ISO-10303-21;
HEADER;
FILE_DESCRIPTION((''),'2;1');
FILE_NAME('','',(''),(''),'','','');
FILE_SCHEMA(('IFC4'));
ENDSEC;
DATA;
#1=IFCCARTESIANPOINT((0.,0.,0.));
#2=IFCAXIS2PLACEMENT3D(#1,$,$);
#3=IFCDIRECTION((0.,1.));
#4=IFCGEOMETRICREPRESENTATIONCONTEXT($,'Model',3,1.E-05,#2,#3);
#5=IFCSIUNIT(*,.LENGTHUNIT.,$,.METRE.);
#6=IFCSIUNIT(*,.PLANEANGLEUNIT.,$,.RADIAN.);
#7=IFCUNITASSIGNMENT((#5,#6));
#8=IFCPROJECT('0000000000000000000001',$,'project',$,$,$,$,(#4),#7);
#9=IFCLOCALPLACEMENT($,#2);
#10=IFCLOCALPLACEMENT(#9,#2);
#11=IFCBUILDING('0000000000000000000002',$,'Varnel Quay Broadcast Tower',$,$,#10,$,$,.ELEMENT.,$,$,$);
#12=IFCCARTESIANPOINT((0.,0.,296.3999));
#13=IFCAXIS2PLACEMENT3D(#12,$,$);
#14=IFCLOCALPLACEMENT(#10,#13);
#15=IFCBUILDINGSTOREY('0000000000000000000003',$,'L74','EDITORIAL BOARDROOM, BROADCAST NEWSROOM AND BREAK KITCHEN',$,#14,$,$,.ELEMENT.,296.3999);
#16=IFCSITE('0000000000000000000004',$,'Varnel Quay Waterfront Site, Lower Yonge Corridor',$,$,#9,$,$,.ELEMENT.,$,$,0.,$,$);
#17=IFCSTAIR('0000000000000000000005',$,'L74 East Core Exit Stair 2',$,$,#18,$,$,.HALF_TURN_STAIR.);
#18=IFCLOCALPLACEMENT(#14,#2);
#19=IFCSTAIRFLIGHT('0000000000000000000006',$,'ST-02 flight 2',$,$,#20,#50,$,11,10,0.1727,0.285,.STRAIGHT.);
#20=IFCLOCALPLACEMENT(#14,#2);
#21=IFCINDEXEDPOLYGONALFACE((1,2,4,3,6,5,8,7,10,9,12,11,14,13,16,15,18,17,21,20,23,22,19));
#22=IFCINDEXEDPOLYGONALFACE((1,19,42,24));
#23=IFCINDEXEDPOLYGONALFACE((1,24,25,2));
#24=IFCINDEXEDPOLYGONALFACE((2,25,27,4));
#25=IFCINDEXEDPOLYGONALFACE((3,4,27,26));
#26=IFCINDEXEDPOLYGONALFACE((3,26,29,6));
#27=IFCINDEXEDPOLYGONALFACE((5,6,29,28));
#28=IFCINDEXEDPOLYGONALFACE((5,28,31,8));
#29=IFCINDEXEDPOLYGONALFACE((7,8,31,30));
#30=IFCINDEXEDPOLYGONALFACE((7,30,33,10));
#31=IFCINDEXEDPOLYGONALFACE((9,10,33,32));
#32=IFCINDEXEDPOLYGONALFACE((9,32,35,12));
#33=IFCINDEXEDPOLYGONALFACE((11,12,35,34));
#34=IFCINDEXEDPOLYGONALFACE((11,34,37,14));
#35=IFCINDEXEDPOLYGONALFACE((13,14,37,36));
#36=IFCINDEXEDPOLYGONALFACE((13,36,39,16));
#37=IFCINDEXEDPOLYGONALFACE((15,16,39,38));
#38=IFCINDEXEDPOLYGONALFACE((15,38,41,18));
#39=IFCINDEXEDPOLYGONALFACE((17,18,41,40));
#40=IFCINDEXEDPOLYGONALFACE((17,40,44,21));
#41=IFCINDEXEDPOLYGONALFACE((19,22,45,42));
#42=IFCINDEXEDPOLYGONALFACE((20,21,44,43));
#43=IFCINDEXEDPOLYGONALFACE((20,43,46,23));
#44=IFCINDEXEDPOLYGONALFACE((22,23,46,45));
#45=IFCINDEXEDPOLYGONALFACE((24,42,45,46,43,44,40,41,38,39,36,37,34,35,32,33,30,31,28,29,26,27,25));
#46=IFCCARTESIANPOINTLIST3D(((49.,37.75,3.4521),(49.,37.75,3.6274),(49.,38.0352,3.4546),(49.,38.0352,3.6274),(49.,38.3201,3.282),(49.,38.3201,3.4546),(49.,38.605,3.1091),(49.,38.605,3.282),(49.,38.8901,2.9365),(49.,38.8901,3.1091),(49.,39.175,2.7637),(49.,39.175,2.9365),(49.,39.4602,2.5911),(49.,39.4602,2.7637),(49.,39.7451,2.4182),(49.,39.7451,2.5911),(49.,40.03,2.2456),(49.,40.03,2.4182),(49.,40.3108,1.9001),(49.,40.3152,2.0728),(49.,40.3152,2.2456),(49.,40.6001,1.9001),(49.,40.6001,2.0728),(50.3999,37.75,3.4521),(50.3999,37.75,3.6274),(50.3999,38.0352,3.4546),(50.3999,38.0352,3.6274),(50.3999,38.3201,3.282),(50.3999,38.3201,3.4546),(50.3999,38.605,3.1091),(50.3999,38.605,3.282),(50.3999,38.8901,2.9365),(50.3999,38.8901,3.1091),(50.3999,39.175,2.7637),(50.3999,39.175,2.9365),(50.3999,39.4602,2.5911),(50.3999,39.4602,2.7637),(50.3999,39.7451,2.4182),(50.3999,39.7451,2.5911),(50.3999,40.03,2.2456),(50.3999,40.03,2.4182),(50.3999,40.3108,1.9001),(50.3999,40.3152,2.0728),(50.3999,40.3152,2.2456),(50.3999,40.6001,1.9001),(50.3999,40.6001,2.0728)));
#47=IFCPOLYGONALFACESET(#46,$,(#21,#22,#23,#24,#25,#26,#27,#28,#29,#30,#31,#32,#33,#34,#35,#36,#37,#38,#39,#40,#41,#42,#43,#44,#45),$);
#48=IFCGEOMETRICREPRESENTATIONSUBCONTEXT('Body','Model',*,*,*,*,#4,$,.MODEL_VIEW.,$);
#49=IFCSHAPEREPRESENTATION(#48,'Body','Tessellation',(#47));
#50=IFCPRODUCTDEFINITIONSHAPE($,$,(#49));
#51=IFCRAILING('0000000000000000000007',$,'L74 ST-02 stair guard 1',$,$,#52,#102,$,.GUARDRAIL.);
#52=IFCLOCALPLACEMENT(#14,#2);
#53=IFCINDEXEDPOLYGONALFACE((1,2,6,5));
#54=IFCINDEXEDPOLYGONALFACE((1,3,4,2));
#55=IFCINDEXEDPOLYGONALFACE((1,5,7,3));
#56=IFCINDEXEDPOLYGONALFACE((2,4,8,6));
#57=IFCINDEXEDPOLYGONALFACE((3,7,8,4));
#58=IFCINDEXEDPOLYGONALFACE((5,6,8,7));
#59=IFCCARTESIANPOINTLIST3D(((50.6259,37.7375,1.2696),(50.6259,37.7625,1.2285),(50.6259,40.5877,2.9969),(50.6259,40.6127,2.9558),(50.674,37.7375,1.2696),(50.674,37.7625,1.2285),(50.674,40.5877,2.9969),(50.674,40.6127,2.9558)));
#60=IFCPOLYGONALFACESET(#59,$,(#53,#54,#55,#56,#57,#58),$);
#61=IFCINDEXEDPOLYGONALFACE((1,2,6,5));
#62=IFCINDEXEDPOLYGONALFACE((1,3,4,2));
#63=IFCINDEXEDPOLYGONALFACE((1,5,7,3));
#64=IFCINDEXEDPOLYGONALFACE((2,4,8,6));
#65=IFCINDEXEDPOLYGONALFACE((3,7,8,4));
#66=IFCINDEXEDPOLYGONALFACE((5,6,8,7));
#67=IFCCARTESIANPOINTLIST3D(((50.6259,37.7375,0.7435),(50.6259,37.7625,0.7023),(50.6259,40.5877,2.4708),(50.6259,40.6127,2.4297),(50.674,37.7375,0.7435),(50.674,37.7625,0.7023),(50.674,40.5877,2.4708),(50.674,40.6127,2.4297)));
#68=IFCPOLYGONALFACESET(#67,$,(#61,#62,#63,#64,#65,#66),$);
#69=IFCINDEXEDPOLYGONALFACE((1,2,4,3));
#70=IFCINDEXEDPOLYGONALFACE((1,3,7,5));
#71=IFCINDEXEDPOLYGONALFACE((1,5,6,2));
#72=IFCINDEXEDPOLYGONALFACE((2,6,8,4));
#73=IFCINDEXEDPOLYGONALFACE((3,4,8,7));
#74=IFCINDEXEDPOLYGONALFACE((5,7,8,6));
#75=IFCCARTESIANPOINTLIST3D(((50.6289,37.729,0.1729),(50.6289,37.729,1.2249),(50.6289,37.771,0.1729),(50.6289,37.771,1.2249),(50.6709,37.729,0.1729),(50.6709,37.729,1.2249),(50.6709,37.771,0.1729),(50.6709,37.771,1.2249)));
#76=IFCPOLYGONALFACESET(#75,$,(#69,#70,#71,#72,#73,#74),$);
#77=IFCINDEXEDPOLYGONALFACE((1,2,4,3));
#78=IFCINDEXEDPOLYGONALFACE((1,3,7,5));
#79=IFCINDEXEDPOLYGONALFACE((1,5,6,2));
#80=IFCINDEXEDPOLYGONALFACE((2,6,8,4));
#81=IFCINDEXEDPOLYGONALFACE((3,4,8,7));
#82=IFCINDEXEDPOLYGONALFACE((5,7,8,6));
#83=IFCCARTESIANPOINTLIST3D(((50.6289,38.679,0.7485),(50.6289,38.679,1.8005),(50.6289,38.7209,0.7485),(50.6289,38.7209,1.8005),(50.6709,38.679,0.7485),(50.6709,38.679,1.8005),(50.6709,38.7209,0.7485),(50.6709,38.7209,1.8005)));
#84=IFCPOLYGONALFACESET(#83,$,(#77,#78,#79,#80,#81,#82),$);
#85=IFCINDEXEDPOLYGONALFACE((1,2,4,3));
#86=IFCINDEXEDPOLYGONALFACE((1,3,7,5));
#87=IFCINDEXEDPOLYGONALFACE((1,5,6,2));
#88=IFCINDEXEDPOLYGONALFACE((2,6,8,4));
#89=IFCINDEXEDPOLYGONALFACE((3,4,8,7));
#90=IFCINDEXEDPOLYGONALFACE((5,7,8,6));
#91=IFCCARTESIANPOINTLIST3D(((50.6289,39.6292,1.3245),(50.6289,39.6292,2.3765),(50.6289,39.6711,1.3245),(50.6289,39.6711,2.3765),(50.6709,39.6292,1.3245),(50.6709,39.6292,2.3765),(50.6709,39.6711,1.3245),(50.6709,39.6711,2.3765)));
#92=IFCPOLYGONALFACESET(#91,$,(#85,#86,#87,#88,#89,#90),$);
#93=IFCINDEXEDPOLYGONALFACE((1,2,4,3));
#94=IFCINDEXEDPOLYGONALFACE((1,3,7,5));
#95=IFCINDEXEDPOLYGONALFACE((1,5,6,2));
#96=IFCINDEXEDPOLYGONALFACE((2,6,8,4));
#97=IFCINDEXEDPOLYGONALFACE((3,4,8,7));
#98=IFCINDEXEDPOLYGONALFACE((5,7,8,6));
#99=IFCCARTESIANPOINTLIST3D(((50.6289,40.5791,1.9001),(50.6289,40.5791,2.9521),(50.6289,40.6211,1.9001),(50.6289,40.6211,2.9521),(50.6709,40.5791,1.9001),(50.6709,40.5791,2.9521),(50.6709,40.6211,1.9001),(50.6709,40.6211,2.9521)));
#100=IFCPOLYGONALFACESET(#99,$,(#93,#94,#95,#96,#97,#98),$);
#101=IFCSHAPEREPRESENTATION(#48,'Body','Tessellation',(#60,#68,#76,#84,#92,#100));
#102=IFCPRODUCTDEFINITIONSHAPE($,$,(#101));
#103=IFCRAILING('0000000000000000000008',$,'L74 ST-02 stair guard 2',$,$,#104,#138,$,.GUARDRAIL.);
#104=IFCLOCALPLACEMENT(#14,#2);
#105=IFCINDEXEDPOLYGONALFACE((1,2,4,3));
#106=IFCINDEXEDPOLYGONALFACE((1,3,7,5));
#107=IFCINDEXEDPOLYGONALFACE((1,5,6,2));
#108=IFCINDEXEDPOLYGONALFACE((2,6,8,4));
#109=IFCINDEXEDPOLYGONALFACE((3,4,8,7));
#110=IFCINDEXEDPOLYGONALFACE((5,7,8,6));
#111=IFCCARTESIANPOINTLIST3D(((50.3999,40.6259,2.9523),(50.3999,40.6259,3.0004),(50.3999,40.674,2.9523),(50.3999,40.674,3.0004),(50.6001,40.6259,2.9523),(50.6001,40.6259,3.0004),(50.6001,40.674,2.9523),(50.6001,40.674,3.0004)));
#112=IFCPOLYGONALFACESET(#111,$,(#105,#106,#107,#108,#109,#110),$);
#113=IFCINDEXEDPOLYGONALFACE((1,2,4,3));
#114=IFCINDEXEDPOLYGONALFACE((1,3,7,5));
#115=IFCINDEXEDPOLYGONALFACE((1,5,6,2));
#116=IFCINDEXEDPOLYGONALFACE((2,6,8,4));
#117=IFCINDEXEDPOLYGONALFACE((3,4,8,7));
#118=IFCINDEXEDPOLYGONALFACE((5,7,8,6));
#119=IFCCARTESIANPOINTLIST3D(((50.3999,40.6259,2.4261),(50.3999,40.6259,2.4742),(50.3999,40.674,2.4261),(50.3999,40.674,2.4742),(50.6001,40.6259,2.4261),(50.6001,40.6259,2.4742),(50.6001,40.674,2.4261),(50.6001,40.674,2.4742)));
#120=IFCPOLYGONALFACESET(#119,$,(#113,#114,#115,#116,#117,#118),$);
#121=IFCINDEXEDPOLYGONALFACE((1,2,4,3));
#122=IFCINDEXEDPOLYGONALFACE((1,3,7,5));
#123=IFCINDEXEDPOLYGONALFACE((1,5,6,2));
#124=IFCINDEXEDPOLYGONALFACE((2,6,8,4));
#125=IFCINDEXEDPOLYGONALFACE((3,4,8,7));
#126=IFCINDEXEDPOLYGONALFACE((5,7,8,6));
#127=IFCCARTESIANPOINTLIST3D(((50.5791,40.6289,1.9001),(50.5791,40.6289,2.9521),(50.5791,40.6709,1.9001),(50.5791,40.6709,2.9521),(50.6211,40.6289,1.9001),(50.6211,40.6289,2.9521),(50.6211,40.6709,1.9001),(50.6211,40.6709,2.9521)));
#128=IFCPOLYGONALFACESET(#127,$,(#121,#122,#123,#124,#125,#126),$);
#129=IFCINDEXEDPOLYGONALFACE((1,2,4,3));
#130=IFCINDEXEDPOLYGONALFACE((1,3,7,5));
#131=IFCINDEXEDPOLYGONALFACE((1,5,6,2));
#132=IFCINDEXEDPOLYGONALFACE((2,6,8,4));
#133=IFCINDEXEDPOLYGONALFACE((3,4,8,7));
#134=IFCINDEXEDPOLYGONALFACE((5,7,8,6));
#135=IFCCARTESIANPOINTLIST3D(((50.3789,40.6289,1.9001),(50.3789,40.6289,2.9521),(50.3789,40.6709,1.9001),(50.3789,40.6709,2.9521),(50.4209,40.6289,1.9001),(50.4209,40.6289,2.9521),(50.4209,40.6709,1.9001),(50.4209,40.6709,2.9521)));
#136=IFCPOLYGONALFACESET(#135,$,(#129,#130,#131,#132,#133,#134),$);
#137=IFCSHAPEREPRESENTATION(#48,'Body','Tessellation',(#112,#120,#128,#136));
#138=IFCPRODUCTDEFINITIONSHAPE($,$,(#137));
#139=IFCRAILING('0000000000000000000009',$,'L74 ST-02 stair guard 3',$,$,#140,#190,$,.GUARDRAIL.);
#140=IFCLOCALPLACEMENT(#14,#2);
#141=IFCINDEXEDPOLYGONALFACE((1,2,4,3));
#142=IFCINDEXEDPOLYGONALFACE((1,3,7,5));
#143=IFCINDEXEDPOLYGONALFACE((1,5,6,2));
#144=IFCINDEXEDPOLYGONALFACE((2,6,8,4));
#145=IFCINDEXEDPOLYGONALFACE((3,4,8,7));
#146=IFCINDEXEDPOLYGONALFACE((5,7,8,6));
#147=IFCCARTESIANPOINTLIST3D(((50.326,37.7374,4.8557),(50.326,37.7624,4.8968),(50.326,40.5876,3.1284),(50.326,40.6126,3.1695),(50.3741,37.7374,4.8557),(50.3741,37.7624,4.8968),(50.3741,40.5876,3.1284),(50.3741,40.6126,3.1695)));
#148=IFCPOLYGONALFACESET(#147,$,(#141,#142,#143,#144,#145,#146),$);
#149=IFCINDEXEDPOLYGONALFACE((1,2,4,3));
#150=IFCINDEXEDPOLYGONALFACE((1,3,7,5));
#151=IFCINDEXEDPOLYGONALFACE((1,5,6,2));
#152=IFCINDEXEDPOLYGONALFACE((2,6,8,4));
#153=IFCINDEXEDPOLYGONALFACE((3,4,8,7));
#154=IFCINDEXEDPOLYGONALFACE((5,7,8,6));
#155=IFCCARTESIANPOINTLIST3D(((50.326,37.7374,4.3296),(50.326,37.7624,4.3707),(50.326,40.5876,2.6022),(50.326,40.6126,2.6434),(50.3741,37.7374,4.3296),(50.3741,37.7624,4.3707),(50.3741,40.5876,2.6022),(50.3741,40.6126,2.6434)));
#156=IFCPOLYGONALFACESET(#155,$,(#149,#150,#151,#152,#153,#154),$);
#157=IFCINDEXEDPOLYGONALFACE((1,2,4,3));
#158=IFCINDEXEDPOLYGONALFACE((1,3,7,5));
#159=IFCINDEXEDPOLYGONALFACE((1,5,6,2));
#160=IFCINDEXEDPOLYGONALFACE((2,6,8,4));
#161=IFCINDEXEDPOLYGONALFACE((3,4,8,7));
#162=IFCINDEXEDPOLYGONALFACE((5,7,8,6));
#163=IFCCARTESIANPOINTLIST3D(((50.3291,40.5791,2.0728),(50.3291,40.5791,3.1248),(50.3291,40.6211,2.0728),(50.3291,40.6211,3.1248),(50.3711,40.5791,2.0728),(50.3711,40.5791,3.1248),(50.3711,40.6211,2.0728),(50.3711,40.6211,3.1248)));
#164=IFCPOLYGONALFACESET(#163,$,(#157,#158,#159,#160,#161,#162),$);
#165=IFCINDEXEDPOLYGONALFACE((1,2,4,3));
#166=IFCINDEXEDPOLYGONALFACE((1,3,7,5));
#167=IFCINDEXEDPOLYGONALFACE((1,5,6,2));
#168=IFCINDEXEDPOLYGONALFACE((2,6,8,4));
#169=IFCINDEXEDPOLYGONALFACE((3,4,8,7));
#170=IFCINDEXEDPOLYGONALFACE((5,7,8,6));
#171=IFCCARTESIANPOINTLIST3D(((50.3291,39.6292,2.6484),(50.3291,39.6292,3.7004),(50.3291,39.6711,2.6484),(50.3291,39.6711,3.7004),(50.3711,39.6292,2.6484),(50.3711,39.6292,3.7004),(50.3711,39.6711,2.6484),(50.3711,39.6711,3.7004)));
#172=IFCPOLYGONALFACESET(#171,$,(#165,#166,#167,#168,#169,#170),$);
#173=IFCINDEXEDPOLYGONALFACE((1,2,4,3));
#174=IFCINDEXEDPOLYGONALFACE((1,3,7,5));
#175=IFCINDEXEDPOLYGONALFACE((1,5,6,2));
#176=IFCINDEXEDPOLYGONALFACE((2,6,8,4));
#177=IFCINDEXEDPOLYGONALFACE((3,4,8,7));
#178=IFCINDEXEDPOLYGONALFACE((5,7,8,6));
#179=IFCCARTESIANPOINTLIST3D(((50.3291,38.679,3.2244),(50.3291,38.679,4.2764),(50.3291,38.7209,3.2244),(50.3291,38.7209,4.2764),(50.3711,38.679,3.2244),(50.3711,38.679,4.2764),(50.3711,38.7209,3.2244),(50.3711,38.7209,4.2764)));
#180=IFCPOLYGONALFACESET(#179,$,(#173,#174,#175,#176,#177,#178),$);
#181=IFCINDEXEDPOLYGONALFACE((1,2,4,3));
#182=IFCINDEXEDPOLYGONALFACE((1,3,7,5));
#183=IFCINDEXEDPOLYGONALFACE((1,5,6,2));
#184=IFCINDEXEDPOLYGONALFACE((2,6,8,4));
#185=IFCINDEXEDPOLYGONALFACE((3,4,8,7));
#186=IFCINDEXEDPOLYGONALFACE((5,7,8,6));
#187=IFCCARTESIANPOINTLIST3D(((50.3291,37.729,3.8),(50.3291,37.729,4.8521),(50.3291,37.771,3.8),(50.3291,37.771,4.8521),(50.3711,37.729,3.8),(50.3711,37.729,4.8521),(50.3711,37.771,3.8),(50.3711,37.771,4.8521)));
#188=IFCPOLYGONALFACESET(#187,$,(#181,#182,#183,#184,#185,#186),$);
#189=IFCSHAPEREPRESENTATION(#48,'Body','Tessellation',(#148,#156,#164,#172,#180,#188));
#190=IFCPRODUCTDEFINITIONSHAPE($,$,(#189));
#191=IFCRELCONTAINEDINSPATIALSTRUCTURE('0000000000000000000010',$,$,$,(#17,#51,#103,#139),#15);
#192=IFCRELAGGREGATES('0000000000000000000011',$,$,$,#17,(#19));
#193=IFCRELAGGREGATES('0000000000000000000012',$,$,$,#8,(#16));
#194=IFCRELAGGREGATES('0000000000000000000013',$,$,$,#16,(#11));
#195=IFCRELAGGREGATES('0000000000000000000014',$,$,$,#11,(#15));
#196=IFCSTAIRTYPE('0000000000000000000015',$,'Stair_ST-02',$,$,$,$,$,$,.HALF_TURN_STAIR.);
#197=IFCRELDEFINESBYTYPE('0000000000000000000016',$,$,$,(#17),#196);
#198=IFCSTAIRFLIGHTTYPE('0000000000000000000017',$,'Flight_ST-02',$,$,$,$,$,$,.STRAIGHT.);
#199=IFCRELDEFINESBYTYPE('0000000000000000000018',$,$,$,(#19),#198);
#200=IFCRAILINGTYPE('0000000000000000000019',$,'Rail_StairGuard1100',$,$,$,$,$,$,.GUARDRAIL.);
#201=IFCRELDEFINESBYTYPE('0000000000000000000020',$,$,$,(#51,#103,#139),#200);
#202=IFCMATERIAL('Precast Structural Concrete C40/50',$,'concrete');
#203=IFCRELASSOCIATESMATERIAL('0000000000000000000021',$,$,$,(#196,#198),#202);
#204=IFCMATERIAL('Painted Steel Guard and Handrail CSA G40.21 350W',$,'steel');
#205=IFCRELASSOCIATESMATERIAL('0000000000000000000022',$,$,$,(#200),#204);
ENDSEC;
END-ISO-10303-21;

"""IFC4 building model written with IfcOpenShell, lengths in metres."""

from ifc_helpers import new_model, si_unit, direction, frame, origin, origin_2d, place, context, subcontext, project, spatial, polyline, rectangle, outline, extrude, material, type_object, element, aggregate, save


model = new_model("IFC4")

# Units and contexts
model_context = context("Model", 3, precision=1e-05, world=origin(), true_north=direction((0.0, 1.0)))
body_context = subcontext(model_context, "Body", "Model", "MODEL_VIEW")
ifc_project = project(units=[si_unit("LENGTHUNIT", "METRE"), si_unit("PLANEANGLEUNIT", "RADIAN")], contexts=[model_context])

# Site, building, storey
site_placement = place(None, origin())
site = spatial("IfcSite", under=ifc_project, at=site_placement, Name="Varnel Quay Waterfront Site, Lower Yonge Corridor", CompositionType="ELEMENT", RefElevation=0.0)
building_placement = place(site_placement, origin())
building = spatial("IfcBuilding", under=site, at=building_placement, Name="Varnel Quay Broadcast Tower", CompositionType="ELEMENT")
storey_placement = place(building_placement, frame((0.0, 0.0, 296.3999)))
storey = spatial("IfcBuildingStorey", under=building, at=storey_placement, Name="L74", Description="EDITORIAL BOARDROOM, BROADCAST NEWSROOM AND BREAK KITCHEN", CompositionType="ELEMENT", Elevation=296.3999)

# Stair, stair flight
ifc_material_1 = material(Name="Precast Structural Concrete C40/50", Category="concrete")
stair_type = type_object("IfcStairType", Name="Stair_ST-02", PredefinedType="HALF_TURN_STAIR", material=ifc_material_1)
stair_placement = place(storey_placement, origin())
stair = element("IfcStair", 1, at=stair_placement, inside=storey, type_object=stair_type, Name="L74 East Core Exit Stair 2", PredefinedType="HALF_TURN_STAIR")
stair_flight_type = type_object("IfcStairFlightType", Name="Flight_ST-02", PredefinedType="STRAIGHT", material=ifc_material_1)
stair_flight_1_placement = place(storey_placement, frame((49.7, 40.6001, 1.9001), z_axis=(0.0, 0.0, 1.0), x_axis=(0.0, -1.0, 0.0)))
stair_flight_1 = element("IfcStairFlight", 2, at=stair_flight_1_placement, type_object=stair_flight_type, Name="ST-02 flight 2", NumberOfRisers=11, NumberOfTreads=10, PredefinedType="STRAIGHT", RiserHeight=0.1727, TreadLength=0.285, context=body_context, shape_type="SweptSolid", body=[
    extrude(outline(polyline([(0.0, 0.0), (0.0, 0.1726), (0.2849, 0.1726), (0.2849, 0.3455), (0.5701, 0.3455), (0.5701, 0.5181), (0.855, 0.5181), (0.855, 0.6909), (1.1399, 0.6909), (1.1399, 0.8635), (1.425, 0.8635), (1.425, 1.0364), (1.71, 1.0364), (1.71, 1.209), (1.9951, 1.209), (1.9951, 1.3818), (2.28, 1.3818), (2.28, 1.5544), (2.5649, 1.5544), (2.5649, 1.7273), (2.8501, 1.7273), (2.8501, 1.8999), (2.8501, 1.552), (0.2893, 0.0), (0.0, 0.0)])), frame((0.0, 0.7, 0.0), z_axis=(0.0, -1.0, 0.0), x_axis=(1.0, 0.0, 0.0)), (0.0, 0.0, 1.0), 1.3999),
])
aggregate(stair, [stair_flight_1])

# Railings
ifc_material_2 = material(Name="Painted Steel Guard and Handrail CSA G40.21 350W", Category="steel")
railing_type_1 = type_object("IfcRailingType", Name="Rail_StairGuard1100", PredefinedType="GUARDRAIL", material=ifc_material_2)
railing_1_placement = place(storey_placement, frame((50.6499, 37.75, 0.1729)))
element("IfcRailing", 3, at=railing_1_placement, inside=storey, type_object=railing_type_1, Name="L74 ST-02 stair guard 1", PredefinedType="GUARDRAIL", context=body_context, shape_type="SweptSolid", body=[
    extrude(rectangle(XDim=0.0481, YDim=0.0481, at=origin_2d()), frame((0.0, 0.0, 1.0762), z_axis=(0.0, 0.855203, 0.518294), x_axis=(-1.0, 0.0, 0.0)), (0.0, 0.0, 1.0), 3.3328),
    extrude(rectangle(XDim=0.0481, YDim=0.0481, at=origin_2d()), frame((0.0, 0.0, 0.55), z_axis=(0.0, 0.855203, 0.518294), x_axis=(-1.0, 0.0, 0.0)), (0.0, 0.0, 1.0), 3.3328),
    extrude(rectangle(XDim=0.042, YDim=0.042, at=origin_2d()), origin(), (0.0, 0.0, 1.0), 1.052),
    extrude(rectangle(XDim=0.042, YDim=0.042, at=origin_2d()), frame((0.0, 0.95, 0.5757)), (0.0, 0.0, 1.0), 1.052),
    extrude(rectangle(XDim=0.042, YDim=0.042, at=origin_2d()), frame((0.0, 1.9001, 1.1516)), (0.0, 0.0, 1.0), 1.052),
    extrude(rectangle(XDim=0.042, YDim=0.042, at=origin_2d()), frame((0.0, 2.8501, 1.7273)), (0.0, 0.0, 1.0), 1.052),
])
railing_2_placement = place(storey_placement, frame((50.6001, 40.6499, 1.9001)))
element("IfcRailing", 4, at=railing_2_placement, inside=storey, type_object=railing_type_1, Name="L74 ST-02 stair guard 2", PredefinedType="GUARDRAIL", context=body_context, shape_type="SweptSolid", body=[
    extrude(rectangle(XDim=0.0481, YDim=0.0481, at=origin_2d()), frame((0.0, 0.0, 1.0762), z_axis=(-1.0, 0.0, 0.0), x_axis=(0.0, -1.0, 0.0)), (0.0, 0.0, 1.0), 0.2002),
    extrude(rectangle(XDim=0.0481, YDim=0.0481, at=origin_2d()), frame((0.0, 0.0, 0.55), z_axis=(-1.0, 0.0, 0.0), x_axis=(0.0, -1.0, 0.0)), (0.0, 0.0, 1.0), 0.2002),
    extrude(rectangle(XDim=0.042, YDim=0.042, at=origin_2d()), origin(), (0.0, 0.0, 1.0), 1.052),
    extrude(rectangle(XDim=0.042, YDim=0.042, at=origin_2d()), frame((-0.2002, 0.0, 0.0)), (0.0, 0.0, 1.0), 1.052),
])
railing_3_placement = place(storey_placement, frame((50.3501, 40.6001, 2.0728)))
element("IfcRailing", 5, at=railing_3_placement, inside=storey, type_object=railing_type_1, Name="L74 ST-02 stair guard 3", PredefinedType="GUARDRAIL", context=body_context, shape_type="SweptSolid", body=[
    extrude(rectangle(XDim=0.0481, YDim=0.0481, at=origin_2d()), frame((0.0, 0.0, 1.0762), z_axis=(0.0, -0.855203, 0.518294), x_axis=(1.0, 0.0, 0.0)), (0.0, 0.0, 1.0), 3.3328),
    extrude(rectangle(XDim=0.0481, YDim=0.0481, at=origin_2d()), frame((0.0, 0.0, 0.55), z_axis=(0.0, -0.855203, 0.518294), x_axis=(1.0, 0.0, 0.0)), (0.0, 0.0, 1.0), 3.3328),
    extrude(rectangle(XDim=0.042, YDim=0.042, at=origin_2d()), origin(), (0.0, 0.0, 1.0), 1.052),
    extrude(rectangle(XDim=0.042, YDim=0.042, at=origin_2d()), frame((0.0, -0.95, 0.5757)), (0.0, 0.0, 1.0), 1.052),
    extrude(rectangle(XDim=0.042, YDim=0.042, at=origin_2d()), frame((0.0, -1.9001, 1.1516)), (0.0, 0.0, 1.0), 1.052),
    extrude(rectangle(XDim=0.042, YDim=0.042, at=origin_2d()), frame((0.0, -2.8501, 1.7273)), (0.0, 0.0, 1.0), 1.052),
])

save(model, "model.ifc")
